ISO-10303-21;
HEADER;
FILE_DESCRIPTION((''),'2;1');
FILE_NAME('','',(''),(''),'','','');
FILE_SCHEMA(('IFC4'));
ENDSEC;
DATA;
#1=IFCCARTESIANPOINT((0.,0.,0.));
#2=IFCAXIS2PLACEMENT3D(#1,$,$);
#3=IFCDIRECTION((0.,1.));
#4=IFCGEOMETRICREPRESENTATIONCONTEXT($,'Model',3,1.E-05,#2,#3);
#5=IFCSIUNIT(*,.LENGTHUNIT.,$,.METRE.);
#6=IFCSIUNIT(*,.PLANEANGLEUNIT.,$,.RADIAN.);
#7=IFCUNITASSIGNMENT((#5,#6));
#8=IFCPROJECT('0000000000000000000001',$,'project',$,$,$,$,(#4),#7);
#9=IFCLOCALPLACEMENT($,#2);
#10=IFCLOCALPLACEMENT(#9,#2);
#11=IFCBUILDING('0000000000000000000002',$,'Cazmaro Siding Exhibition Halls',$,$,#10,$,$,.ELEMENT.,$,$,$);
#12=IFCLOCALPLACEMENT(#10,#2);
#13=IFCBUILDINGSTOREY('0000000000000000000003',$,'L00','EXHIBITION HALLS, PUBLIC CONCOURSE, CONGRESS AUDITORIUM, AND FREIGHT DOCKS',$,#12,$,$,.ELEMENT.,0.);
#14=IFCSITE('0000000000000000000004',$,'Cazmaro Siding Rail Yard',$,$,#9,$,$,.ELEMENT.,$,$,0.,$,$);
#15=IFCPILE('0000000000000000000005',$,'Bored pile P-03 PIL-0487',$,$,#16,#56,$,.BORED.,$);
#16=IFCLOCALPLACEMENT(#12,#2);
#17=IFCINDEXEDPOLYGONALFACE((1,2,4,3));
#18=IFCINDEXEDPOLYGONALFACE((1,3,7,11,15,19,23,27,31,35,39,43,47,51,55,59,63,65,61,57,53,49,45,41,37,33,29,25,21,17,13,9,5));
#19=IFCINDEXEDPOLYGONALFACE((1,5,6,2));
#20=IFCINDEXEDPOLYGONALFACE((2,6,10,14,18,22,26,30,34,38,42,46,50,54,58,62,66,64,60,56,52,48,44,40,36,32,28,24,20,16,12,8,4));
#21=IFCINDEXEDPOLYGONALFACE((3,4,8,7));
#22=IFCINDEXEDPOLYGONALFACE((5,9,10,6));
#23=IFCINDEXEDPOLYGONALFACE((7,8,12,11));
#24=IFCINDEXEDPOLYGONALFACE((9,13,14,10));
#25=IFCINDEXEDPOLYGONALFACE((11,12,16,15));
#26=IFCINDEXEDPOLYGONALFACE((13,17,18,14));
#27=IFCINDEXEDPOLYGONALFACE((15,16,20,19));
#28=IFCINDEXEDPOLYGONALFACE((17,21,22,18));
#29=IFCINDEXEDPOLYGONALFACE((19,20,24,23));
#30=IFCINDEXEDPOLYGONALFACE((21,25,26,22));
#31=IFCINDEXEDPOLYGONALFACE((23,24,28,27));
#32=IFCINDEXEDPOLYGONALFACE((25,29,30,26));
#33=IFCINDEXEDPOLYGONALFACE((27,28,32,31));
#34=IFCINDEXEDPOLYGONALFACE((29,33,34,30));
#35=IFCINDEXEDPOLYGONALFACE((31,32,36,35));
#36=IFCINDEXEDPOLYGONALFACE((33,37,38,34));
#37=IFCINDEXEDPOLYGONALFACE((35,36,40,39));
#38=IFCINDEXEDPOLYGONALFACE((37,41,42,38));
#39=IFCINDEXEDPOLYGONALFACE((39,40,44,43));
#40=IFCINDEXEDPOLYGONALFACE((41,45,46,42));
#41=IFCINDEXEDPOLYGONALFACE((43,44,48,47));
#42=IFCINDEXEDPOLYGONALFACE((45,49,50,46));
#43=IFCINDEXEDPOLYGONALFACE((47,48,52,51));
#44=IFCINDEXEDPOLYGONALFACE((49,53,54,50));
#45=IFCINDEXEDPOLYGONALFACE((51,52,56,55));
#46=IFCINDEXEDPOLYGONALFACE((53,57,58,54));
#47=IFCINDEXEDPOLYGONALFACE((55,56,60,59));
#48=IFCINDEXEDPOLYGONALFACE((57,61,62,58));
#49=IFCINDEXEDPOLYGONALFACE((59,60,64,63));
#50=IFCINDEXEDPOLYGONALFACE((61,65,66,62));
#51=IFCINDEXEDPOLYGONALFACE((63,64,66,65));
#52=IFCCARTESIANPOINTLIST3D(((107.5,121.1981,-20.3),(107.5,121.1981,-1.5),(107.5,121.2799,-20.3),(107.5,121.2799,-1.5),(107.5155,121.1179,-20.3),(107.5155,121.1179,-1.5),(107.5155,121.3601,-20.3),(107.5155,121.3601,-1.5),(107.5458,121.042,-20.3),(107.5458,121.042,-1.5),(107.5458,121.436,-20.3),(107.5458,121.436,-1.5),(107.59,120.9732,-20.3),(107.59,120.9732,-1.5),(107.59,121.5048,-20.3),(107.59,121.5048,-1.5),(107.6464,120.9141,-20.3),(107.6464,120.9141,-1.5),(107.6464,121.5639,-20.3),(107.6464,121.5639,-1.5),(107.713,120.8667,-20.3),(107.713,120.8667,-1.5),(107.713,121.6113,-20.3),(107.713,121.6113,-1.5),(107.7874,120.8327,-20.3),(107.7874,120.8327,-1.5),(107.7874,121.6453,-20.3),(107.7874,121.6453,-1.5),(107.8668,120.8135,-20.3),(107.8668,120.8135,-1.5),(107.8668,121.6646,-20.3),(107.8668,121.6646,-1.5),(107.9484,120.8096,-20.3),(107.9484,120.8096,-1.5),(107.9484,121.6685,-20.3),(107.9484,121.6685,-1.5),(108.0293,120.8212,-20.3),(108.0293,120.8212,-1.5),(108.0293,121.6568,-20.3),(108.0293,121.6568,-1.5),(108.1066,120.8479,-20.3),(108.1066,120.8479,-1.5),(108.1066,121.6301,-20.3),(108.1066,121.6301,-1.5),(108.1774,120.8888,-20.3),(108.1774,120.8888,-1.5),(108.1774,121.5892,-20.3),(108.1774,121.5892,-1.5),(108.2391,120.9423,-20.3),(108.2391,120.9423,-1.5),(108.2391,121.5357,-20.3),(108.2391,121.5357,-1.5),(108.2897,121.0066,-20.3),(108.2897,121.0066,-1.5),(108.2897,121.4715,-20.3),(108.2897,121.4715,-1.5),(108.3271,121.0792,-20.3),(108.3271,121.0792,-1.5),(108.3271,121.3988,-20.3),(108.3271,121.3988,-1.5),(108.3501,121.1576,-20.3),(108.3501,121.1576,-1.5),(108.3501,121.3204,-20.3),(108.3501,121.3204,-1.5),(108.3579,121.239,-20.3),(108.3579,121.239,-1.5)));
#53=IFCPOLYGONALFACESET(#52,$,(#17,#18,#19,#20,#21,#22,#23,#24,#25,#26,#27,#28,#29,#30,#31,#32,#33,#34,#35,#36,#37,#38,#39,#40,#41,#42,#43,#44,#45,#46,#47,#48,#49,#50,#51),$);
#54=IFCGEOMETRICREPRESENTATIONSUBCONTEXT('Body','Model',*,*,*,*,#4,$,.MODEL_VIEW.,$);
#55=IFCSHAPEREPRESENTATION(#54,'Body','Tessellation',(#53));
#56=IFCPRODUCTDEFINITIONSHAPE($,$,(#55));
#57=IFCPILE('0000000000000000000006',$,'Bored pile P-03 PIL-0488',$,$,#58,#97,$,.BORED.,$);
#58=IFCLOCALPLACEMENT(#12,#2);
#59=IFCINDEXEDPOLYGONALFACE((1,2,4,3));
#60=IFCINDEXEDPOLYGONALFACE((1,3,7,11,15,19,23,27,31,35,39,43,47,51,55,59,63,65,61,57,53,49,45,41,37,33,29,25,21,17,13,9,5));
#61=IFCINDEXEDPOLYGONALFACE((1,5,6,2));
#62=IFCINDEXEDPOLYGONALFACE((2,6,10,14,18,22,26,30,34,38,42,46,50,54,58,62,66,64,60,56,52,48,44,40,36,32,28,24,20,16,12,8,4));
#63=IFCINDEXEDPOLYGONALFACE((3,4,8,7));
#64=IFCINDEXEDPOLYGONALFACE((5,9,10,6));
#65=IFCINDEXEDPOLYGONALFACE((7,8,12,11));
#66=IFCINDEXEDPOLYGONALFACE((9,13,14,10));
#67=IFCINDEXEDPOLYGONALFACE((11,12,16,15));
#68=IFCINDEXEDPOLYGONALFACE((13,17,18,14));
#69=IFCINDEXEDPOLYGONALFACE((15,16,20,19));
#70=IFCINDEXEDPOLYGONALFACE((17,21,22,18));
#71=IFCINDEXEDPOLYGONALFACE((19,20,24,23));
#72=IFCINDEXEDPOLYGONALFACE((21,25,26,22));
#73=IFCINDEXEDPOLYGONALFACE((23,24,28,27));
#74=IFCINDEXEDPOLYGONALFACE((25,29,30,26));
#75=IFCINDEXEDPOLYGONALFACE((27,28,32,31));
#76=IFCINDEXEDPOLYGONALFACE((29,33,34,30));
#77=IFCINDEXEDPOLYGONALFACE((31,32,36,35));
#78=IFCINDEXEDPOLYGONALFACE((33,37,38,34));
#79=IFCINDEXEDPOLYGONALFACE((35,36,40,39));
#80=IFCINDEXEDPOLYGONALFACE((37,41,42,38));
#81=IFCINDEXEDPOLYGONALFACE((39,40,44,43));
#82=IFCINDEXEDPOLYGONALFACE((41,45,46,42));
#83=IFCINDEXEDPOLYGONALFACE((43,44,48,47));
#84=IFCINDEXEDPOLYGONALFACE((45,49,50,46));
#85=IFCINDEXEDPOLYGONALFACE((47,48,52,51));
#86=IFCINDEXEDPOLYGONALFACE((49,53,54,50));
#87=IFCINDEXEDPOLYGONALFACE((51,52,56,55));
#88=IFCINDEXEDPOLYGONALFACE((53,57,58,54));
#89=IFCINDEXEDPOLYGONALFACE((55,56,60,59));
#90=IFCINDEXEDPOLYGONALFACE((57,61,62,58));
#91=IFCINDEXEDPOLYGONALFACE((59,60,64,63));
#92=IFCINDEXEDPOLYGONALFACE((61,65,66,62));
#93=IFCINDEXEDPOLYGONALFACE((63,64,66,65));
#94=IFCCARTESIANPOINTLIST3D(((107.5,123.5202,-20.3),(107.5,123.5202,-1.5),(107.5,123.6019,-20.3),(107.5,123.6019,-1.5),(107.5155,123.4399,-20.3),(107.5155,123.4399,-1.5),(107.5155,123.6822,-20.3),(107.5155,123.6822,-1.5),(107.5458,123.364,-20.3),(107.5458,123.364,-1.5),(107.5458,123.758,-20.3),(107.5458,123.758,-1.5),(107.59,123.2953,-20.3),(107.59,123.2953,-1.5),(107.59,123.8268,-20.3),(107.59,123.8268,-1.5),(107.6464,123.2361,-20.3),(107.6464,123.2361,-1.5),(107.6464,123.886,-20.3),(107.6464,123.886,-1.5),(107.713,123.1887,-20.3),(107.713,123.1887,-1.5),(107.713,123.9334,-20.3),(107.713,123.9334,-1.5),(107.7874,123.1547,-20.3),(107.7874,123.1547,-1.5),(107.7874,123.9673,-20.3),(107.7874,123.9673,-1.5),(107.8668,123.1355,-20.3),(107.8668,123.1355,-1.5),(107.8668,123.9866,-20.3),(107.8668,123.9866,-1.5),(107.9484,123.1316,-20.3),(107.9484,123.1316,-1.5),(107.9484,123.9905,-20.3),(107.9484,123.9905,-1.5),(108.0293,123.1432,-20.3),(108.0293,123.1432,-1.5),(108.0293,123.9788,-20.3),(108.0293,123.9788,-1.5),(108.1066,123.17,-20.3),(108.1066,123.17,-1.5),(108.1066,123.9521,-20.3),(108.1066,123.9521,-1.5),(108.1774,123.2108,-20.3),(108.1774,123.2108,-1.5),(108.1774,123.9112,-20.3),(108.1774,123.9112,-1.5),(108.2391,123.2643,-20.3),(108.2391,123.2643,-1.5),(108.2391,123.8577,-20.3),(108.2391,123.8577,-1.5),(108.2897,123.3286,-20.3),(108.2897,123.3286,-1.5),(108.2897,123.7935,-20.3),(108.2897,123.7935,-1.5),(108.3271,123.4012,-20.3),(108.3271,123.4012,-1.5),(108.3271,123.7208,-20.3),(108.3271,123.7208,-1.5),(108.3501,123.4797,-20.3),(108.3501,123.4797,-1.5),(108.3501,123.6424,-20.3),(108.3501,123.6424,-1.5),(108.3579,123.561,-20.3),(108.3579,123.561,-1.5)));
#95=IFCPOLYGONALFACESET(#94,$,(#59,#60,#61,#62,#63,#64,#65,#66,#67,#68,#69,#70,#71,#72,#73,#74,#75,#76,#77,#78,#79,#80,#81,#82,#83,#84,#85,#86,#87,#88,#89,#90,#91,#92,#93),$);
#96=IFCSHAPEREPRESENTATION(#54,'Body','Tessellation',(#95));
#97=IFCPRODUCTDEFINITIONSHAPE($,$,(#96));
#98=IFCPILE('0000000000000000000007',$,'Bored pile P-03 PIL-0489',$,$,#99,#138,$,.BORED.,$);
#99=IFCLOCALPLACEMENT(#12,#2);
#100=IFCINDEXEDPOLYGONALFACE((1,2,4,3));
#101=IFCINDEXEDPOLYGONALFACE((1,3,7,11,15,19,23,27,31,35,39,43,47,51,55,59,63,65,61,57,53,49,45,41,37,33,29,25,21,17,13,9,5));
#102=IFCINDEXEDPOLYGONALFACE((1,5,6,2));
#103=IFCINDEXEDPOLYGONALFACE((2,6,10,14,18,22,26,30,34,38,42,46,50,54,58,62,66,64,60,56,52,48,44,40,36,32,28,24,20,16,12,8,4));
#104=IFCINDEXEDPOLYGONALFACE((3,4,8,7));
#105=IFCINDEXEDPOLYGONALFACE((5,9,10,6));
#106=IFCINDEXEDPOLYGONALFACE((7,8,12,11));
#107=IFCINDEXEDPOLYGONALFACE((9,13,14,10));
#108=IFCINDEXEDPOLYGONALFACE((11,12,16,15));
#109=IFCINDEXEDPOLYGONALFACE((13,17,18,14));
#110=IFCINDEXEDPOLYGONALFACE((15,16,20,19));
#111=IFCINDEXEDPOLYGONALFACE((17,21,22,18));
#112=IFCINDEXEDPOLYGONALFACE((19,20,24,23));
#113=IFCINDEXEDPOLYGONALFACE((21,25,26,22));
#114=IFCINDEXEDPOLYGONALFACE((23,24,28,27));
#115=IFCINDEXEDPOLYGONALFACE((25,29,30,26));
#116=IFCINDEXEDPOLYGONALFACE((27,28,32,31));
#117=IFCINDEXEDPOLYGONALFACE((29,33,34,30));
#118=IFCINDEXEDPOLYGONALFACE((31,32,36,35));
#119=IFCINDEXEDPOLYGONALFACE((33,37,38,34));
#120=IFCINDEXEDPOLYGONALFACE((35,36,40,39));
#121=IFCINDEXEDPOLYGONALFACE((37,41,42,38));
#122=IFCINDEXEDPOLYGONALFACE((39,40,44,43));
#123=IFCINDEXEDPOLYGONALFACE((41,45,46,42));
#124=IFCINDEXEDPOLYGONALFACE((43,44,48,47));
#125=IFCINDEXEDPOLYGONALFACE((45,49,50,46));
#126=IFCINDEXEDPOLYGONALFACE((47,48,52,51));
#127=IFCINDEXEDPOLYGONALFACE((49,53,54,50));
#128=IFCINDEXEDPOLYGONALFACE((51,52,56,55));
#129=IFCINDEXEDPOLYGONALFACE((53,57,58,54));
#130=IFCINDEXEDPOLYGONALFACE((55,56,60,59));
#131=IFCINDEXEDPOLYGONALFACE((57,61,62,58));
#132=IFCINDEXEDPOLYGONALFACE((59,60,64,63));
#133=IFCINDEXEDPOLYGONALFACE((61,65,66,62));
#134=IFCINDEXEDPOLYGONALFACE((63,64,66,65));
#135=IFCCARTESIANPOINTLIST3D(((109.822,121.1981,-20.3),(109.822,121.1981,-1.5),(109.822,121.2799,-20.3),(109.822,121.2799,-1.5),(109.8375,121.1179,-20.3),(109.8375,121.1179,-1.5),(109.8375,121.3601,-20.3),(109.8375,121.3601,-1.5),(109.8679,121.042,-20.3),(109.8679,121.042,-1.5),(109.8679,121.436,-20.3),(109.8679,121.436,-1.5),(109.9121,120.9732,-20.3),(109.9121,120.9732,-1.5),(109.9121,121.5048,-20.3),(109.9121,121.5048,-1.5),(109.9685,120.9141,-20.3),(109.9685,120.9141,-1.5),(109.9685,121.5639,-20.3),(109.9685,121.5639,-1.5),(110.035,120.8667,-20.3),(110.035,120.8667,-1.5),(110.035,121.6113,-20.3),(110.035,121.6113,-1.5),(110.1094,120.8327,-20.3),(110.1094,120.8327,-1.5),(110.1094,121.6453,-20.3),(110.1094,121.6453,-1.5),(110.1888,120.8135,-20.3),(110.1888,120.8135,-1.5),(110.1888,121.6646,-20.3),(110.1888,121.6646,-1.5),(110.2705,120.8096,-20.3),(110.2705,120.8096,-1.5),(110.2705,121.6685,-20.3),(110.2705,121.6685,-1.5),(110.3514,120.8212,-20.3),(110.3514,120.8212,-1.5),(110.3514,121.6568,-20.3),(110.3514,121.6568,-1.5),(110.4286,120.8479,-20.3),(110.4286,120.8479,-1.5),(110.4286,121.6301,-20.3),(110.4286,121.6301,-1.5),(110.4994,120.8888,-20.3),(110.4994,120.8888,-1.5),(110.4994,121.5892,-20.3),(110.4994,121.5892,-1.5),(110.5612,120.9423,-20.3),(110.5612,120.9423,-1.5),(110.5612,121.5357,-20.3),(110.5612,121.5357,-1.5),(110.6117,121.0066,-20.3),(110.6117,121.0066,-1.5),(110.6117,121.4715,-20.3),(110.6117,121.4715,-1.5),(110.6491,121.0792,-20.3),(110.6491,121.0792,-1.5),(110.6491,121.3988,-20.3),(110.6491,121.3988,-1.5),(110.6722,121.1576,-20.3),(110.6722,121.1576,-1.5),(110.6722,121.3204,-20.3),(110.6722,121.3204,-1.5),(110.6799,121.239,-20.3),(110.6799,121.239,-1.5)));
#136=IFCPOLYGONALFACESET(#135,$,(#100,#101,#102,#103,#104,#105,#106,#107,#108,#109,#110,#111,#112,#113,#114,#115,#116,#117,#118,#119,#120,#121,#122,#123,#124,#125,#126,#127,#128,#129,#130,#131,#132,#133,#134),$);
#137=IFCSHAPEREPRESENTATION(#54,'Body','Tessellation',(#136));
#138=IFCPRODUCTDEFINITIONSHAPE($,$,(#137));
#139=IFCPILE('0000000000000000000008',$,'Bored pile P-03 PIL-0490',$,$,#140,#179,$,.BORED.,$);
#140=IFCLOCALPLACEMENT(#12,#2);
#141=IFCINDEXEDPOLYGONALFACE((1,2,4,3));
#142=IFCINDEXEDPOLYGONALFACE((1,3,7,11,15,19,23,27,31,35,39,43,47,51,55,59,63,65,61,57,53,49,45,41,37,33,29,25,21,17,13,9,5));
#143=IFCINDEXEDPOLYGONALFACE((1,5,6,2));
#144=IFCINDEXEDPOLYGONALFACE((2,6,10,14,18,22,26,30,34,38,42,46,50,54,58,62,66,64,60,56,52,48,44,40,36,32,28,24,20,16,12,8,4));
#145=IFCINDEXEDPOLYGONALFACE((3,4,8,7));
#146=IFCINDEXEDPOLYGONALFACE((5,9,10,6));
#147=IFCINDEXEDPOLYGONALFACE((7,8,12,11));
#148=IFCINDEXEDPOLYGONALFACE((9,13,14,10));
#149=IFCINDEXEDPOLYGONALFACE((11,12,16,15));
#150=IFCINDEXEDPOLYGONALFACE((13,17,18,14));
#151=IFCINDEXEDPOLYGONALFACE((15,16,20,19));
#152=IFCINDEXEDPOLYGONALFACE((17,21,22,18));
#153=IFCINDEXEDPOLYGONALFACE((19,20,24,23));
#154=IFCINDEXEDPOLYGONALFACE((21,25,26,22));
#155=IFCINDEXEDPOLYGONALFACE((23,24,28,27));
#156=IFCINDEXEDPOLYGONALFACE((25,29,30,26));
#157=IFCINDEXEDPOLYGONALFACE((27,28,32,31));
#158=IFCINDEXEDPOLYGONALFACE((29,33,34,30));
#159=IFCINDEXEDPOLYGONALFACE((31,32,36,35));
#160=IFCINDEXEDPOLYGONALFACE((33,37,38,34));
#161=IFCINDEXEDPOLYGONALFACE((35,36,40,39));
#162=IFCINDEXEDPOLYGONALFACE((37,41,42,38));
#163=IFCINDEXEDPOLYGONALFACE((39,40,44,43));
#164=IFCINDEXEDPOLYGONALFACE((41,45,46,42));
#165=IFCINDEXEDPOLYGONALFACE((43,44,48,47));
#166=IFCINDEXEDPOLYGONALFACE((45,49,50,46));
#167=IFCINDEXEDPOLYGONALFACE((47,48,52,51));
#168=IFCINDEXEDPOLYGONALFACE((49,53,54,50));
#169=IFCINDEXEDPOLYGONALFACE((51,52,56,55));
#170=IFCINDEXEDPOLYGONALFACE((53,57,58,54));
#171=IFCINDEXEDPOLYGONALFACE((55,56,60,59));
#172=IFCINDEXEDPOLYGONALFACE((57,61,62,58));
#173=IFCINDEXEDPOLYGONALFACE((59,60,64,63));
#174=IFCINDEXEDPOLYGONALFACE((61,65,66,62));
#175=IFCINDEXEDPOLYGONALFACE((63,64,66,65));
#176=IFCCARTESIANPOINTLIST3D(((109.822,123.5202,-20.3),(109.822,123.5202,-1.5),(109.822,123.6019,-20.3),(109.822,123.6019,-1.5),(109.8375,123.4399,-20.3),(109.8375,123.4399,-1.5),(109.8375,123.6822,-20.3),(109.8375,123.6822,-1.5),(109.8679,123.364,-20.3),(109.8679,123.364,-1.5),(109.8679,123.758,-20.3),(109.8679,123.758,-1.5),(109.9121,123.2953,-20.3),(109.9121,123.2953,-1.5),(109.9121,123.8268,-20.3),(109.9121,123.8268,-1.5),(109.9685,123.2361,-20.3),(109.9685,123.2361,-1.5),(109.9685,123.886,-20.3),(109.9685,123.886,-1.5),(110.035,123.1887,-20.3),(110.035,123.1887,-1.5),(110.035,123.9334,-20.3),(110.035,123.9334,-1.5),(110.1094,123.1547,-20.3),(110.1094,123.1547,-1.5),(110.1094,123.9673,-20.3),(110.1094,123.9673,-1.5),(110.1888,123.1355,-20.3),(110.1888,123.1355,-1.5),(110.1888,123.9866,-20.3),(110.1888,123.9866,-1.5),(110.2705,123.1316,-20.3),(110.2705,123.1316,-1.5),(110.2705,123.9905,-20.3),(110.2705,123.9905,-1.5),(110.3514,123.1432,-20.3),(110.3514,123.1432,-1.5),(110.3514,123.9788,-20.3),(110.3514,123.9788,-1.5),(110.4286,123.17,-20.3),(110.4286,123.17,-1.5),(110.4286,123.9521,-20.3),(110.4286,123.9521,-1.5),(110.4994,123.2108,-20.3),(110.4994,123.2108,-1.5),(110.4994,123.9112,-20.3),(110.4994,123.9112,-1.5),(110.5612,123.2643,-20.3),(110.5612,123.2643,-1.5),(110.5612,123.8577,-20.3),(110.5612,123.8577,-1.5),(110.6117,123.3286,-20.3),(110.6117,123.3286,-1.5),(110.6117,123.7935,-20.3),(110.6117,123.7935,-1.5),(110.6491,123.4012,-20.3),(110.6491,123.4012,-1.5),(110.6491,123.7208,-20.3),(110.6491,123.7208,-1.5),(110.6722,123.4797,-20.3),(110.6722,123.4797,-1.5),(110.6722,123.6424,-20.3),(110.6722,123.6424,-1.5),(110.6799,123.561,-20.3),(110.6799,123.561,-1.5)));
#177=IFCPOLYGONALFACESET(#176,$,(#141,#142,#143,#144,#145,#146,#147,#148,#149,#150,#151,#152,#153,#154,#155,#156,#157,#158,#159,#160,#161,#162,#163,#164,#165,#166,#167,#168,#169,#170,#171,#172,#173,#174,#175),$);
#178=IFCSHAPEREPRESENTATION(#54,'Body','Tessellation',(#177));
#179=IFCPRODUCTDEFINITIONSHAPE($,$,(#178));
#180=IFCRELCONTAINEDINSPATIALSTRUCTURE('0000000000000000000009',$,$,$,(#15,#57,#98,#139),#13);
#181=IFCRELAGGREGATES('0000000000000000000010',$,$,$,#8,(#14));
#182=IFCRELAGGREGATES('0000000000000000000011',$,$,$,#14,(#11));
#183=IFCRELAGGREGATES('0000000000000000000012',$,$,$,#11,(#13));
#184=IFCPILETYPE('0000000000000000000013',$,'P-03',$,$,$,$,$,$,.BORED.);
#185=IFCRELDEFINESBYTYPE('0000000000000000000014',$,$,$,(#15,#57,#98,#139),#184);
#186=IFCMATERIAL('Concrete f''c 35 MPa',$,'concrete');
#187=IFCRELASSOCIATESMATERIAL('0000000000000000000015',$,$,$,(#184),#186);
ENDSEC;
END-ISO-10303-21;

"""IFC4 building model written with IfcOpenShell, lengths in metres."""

from ifc_helpers import new_model, si_unit, direction, frame, origin, origin_2d, place, context, subcontext, project, spatial, circle, extrude, material, material_profile, profile_set, type_object, element, save


model = new_model("IFC4")

# Units and contexts
model_context = context("Model", 3, precision=1e-05, world=origin(), true_north=direction((0.0, 1.0)))
body_context = subcontext(model_context, "Body", "Model", "MODEL_VIEW")
ifc_project = project(units=[si_unit("LENGTHUNIT", "METRE"), si_unit("PLANEANGLEUNIT", "RADIAN")], contexts=[model_context])

# Site, building, storey
site_placement = place(None, origin())
site = spatial("IfcSite", under=ifc_project, at=site_placement, Name="Cazmaro Siding Rail Yard", CompositionType="ELEMENT", RefElevation=0.0)
building_placement = place(site_placement, origin())
building = spatial("IfcBuilding", under=site, at=building_placement, Name="Cazmaro Siding Exhibition Halls", CompositionType="ELEMENT")
storey_placement = place(building_placement, origin())
storey = spatial("IfcBuildingStorey", under=building, at=storey_placement, Name="L00", Description="EXHIBITION HALLS, PUBLIC CONCOURSE, CONGRESS AUDITORIUM, AND FREIGHT DOCKS", CompositionType="ELEMENT", Elevation=0.0)

# Piles
ifc_material_1 = material(Name="Concrete f'c 35 MPa", Category="concrete")
ifc_material_profile_1 = material_profile(ifc_material_1, circle(Radius=0.4299, at=origin_2d()), Name="CIDH-860")
ifc_profile_set_1 = profile_set([ifc_material_profile_1], Name="Concrete f'c 35 MPa")
pile_type = type_object("IfcPileType", Name="P-03", PredefinedType="BORED", material=ifc_profile_set_1)
for number, where, z_axis, x_axis, name in (
    (1, (107.928, 121.239, -1.5), (0.0, 0.0, -1.0), (1.0, 0.0, 0.0), "Bored pile P-03 PIL-0487"),
    (2, (107.928, 123.561, -1.5), (0.0, 0.0, -1.0), (1.0, 0.0, 0.0), "Bored pile P-03 PIL-0488"),
    (3, (110.25, 121.239, -1.5), (0.0, 0.0, -1.0), (1.0, 0.0, 0.0), "Bored pile P-03 PIL-0489"),
    (4, (110.25, 123.561, -1.5), (0.0, 0.0, -1.0), (1.0, 0.0, 0.0), "Bored pile P-03 PIL-0490"),
):
    element("IfcPile", number, at=place(storey_placement, frame(where, z_axis=z_axis, x_axis=x_axis)), inside=storey, type_object=pile_type, Name=name, PredefinedType="BORED", context=body_context, shape_type="SweptSolid", body=[
        extrude(circle(Radius=0.4299, at=origin_2d()), origin(), (0.0, 0.0, 1.0), 18.8),
    ])

save(model, "model.ifc")
